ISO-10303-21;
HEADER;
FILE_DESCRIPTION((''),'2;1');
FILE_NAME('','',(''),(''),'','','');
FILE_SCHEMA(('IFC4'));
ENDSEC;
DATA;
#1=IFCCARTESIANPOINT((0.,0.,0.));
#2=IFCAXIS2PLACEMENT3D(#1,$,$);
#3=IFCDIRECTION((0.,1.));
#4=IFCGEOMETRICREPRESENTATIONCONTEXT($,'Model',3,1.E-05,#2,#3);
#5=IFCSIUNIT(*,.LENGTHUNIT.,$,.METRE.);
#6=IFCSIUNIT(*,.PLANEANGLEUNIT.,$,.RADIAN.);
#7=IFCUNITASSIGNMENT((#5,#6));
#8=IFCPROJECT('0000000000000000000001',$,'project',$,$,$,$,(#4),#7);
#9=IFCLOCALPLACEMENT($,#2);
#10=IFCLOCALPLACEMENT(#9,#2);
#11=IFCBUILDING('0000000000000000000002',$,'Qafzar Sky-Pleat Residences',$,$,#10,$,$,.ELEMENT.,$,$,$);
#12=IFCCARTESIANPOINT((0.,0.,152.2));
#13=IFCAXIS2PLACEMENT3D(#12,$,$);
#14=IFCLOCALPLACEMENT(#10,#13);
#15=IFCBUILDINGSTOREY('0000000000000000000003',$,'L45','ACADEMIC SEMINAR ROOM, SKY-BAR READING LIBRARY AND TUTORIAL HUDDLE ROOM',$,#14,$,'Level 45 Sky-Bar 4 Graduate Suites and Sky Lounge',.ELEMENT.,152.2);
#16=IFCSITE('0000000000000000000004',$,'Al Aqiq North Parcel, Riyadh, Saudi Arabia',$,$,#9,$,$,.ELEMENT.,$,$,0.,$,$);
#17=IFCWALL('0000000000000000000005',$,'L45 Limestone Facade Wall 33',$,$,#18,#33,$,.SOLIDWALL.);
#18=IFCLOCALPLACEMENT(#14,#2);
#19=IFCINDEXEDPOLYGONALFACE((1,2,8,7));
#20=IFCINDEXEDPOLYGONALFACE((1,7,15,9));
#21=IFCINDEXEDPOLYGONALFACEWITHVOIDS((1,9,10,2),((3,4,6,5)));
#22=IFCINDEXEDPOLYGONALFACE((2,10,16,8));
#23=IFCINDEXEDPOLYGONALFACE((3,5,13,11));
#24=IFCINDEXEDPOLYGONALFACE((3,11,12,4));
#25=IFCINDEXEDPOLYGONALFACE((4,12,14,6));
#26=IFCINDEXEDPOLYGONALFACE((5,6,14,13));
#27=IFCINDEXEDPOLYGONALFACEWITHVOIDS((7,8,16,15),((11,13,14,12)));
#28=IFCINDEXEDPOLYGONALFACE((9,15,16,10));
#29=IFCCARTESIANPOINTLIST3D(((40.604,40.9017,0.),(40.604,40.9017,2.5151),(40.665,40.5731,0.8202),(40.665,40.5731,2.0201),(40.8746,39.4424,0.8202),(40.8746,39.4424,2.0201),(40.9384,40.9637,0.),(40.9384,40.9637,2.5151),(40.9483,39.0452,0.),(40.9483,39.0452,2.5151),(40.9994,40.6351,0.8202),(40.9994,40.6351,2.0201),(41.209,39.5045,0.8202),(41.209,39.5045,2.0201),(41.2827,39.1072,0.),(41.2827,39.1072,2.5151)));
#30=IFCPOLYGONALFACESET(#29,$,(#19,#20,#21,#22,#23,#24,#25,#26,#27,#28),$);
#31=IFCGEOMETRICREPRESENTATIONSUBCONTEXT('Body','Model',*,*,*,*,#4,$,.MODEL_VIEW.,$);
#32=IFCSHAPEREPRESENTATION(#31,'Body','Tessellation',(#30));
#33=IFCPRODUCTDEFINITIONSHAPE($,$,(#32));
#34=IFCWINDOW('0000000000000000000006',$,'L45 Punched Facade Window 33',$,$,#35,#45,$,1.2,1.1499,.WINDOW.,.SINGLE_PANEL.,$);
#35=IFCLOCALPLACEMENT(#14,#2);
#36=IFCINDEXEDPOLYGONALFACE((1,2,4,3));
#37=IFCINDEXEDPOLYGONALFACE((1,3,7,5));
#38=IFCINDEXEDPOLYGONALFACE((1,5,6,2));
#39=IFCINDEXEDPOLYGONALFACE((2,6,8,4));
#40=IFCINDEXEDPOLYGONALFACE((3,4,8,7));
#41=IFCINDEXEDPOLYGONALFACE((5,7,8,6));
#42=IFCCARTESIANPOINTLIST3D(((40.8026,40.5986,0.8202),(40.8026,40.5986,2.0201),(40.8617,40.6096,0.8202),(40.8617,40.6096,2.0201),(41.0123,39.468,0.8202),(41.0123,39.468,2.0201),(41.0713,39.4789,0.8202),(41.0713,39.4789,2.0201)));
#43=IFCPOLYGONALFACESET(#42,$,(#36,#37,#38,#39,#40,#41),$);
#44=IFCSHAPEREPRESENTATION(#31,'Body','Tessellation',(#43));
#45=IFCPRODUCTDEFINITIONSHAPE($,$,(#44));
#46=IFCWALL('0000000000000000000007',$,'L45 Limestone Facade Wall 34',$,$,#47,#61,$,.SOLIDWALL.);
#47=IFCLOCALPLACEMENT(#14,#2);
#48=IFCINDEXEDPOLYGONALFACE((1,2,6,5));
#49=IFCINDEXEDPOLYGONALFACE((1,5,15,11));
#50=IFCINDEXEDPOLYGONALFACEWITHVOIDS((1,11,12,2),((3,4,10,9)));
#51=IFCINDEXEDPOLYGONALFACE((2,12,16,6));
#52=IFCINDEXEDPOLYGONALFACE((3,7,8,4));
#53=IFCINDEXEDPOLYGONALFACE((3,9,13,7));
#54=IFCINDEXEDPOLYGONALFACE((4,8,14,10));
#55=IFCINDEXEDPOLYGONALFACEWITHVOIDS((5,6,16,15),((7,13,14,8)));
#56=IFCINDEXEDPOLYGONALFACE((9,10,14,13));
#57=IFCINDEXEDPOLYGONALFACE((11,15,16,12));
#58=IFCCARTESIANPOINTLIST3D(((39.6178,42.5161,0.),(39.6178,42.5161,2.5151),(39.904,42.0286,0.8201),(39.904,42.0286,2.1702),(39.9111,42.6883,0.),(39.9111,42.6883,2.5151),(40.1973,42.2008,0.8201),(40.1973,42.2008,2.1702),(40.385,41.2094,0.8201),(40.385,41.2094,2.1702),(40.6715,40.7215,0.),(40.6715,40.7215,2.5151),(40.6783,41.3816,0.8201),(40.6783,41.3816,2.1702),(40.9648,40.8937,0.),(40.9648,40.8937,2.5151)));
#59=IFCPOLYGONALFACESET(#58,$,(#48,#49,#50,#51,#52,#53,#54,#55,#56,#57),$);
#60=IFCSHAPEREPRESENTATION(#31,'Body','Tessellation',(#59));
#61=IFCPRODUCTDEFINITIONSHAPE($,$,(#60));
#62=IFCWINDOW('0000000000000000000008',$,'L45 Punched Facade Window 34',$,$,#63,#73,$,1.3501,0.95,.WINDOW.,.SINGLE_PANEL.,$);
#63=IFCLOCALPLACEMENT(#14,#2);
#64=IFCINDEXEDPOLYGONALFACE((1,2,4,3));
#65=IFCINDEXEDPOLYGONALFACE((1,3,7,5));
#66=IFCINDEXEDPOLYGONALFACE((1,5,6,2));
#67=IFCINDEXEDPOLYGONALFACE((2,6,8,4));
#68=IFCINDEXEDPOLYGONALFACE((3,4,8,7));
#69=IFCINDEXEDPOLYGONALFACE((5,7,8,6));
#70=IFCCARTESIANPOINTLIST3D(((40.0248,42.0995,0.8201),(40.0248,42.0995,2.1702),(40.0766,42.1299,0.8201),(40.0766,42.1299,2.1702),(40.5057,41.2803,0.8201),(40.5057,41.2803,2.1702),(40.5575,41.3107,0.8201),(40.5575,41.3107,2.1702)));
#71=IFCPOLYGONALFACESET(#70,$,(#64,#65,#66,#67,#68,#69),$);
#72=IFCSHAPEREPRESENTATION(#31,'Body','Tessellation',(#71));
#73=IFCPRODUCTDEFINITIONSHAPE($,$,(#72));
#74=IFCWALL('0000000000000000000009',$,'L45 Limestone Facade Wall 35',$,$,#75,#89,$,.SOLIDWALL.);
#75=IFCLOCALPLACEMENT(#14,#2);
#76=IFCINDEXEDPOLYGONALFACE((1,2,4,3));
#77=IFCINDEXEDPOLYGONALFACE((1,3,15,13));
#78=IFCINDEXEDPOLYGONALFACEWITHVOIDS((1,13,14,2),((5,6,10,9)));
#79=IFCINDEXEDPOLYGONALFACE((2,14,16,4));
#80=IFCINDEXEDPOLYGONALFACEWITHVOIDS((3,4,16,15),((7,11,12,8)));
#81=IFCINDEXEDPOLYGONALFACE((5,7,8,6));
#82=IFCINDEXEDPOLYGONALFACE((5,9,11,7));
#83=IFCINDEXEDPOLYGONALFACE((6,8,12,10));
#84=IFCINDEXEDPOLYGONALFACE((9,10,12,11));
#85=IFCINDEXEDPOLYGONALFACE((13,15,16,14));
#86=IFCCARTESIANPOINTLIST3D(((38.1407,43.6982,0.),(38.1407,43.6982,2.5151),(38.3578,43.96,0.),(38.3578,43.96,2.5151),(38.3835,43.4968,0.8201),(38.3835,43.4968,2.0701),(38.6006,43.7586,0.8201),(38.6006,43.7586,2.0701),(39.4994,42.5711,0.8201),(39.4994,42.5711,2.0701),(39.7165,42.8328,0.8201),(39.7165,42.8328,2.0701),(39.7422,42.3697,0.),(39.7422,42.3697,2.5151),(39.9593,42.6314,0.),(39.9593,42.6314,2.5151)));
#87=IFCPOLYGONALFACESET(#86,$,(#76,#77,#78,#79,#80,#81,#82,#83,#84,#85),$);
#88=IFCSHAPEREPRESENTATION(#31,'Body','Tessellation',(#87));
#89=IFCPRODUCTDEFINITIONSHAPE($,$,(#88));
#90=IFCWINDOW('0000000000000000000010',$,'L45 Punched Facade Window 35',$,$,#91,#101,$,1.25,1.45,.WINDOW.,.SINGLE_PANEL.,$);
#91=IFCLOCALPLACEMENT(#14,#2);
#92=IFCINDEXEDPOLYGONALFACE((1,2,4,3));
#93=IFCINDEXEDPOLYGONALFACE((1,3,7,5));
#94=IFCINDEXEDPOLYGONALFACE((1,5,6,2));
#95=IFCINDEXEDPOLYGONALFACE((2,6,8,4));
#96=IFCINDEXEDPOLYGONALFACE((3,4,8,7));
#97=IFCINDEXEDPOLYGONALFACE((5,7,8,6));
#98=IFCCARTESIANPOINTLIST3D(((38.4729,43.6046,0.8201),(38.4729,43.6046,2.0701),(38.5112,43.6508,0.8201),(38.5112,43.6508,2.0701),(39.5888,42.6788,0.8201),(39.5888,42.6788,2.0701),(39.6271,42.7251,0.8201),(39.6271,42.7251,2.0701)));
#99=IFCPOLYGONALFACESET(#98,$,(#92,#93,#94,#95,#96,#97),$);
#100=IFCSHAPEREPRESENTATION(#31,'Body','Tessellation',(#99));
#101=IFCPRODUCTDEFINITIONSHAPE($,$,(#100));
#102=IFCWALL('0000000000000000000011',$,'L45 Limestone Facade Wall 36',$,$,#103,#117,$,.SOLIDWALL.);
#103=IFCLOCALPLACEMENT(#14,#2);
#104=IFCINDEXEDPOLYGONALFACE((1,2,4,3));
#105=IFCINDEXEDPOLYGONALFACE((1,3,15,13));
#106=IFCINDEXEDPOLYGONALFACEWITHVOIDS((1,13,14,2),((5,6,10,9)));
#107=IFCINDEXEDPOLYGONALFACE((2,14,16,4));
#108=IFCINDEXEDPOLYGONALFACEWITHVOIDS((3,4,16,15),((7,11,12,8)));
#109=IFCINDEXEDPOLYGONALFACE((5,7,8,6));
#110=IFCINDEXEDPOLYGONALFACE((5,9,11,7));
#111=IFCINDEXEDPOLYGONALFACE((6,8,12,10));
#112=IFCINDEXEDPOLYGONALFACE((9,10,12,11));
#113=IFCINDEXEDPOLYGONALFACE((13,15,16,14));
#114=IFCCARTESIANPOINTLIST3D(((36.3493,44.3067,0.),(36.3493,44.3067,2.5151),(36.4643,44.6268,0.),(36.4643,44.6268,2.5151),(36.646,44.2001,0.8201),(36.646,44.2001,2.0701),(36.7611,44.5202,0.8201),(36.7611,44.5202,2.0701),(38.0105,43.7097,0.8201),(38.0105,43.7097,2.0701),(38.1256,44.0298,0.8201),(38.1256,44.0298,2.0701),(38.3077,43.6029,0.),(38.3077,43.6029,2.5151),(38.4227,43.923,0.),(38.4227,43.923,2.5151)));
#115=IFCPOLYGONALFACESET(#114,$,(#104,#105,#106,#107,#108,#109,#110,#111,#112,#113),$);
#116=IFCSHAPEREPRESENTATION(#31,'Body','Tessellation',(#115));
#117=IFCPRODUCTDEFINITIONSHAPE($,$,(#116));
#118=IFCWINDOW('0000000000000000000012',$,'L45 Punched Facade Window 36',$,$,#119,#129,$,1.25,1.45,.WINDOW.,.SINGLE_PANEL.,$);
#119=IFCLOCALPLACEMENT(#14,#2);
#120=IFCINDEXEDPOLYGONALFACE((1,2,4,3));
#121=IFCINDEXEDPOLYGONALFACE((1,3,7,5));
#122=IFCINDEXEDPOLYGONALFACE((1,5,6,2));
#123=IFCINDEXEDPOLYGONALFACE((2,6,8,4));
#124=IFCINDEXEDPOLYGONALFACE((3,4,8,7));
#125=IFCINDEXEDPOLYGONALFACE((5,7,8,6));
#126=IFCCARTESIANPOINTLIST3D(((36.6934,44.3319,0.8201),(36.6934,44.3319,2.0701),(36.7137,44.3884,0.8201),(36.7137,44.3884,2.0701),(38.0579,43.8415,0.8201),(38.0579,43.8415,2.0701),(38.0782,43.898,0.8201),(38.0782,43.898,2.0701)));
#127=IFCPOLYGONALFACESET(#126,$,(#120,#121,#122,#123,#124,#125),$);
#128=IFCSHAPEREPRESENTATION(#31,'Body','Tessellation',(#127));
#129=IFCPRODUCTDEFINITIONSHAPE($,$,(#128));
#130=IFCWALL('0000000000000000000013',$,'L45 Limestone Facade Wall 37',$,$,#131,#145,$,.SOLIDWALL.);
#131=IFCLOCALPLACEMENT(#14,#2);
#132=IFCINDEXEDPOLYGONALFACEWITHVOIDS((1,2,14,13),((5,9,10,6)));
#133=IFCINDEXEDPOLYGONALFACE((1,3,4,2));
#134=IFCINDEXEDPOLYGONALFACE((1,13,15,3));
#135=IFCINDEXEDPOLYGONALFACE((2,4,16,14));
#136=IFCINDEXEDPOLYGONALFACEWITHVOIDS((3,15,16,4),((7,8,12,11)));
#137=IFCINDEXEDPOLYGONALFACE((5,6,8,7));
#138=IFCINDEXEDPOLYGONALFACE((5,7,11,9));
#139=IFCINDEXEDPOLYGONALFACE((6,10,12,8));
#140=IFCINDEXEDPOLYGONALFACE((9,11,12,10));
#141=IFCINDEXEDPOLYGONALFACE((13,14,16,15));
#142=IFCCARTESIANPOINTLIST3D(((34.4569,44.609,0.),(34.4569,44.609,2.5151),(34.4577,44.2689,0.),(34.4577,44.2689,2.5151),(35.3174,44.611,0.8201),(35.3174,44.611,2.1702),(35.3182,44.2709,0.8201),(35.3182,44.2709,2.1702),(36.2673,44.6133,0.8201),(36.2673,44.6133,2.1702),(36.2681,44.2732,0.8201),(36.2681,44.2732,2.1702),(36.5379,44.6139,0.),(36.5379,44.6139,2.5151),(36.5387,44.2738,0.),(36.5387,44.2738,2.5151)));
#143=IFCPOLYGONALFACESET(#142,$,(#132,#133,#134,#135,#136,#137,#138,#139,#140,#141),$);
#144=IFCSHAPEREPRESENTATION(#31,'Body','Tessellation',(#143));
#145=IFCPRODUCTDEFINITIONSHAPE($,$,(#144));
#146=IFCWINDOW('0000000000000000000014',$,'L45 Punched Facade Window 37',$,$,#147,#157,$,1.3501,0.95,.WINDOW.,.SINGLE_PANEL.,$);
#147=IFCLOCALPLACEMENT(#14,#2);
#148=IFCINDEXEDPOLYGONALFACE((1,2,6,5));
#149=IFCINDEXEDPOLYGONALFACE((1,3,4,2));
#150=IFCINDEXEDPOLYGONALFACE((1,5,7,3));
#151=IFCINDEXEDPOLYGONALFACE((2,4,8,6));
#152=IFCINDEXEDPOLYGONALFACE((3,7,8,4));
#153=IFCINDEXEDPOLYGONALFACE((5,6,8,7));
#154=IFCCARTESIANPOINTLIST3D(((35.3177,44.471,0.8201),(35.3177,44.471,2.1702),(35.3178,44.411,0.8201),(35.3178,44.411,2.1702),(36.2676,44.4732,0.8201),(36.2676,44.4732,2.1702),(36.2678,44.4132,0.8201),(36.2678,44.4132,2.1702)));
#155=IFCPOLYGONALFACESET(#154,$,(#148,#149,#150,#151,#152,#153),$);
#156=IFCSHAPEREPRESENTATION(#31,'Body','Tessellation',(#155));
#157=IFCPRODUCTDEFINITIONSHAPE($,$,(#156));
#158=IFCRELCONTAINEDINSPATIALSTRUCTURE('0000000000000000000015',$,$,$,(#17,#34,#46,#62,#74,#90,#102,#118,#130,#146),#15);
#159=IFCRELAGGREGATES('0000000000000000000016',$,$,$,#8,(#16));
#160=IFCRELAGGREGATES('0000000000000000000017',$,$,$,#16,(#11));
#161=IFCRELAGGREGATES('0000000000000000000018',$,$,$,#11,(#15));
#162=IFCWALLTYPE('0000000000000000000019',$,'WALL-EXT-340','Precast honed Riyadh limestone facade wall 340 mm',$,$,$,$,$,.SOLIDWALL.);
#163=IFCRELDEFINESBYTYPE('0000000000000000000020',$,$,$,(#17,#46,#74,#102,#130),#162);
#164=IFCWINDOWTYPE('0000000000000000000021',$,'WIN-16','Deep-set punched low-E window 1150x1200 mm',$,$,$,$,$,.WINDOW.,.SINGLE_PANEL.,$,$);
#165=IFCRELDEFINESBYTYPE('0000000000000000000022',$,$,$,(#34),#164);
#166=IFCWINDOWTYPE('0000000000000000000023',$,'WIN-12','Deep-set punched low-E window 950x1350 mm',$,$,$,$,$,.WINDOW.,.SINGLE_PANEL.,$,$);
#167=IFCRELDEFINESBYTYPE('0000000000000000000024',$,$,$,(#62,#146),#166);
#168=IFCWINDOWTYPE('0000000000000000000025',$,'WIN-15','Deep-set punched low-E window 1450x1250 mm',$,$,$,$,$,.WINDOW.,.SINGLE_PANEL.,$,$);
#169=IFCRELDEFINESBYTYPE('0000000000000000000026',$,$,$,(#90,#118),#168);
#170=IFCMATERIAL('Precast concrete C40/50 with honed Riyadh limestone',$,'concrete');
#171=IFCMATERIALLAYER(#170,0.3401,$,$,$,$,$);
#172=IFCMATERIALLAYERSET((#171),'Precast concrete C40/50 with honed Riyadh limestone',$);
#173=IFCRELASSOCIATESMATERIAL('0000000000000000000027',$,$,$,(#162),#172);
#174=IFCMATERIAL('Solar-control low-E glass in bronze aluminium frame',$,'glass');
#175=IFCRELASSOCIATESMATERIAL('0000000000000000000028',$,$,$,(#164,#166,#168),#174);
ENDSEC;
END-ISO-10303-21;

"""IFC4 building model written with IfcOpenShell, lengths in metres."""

from ifc_helpers import new_model, si_unit, direction, frame, frame_2d, origin, place, context, subcontext, project, spatial, rectangle, extrude, source, transform, mapped, material, layer, layer_set, type_object, element, fill, save


model = new_model("IFC4")

# Units and contexts
model_context = context("Model", 3, precision=1e-05, world=origin(), true_north=direction((0.0, 1.0)))
body_context = subcontext(model_context, "Body", "Model", "MODEL_VIEW")
ifc_project = project(units=[si_unit("LENGTHUNIT", "METRE"), si_unit("PLANEANGLEUNIT", "RADIAN")], contexts=[model_context])

# Site, building, storey
site_placement = place(None, origin())
site = spatial("IfcSite", under=ifc_project, at=site_placement, Name="Al Aqiq North Parcel, Riyadh, Saudi Arabia", CompositionType="ELEMENT", RefElevation=0.0)
building_placement = place(site_placement, origin())
building = spatial("IfcBuilding", under=site, at=building_placement, Name="Qafzar Sky-Pleat Residences", CompositionType="ELEMENT")
storey_placement = place(building_placement, frame((0.0, 0.0, 152.2)))
storey = spatial("IfcBuildingStorey", under=building, at=storey_placement, Name="L45", Description="ACADEMIC SEMINAR ROOM, SKY-BAR READING LIBRARY AND TUTORIAL HUDDLE ROOM", LongName="Level 45 Sky-Bar 4 Graduate Suites and Sky Lounge", CompositionType="ELEMENT", Elevation=152.2)

# Shared definitions
ifc_material_1 = material(Name="Precast concrete C40/50 with honed Riyadh limestone", Category="concrete")
ifc_layer_1 = layer(ifc_material_1, 0.3401)
ifc_layer_set_1 = layer_set([ifc_layer_1], Name="Precast concrete C40/50 with honed Riyadh limestone")
wall_type_1 = type_object("IfcWallType", Name="WALL-EXT-340", Description="Precast honed Riyadh limestone facade wall 340 mm", PredefinedType="SOLIDWALL", material=ifc_layer_set_1)
ifc_material_2 = material(Name="Solar-control low-E glass in bronze aluminium frame", Category="glass")

# Walls, openings, windows
wall_1_placement = place(storey_placement, frame((41.1155, 39.0762, 0.0), z_axis=(0.0, 0.0, 1.0), x_axis=(-0.182321, 0.983239, 0.0)))
wall_1 = element("IfcWall", 1, at=wall_1_placement, inside=storey, type_object=wall_type_1, Name="L45 Limestone Facade Wall 33", PredefinedType="SOLIDWALL", context=body_context, shape_type="SweptSolid", body=[
    extrude(rectangle(XDim=1.8882, YDim=0.3401, at=frame_2d((0.9441, 0.0))), origin(), (0.0, 0.0, 1.0), 2.5151),
])
opening_1_placement = place(wall_1_placement, frame((0.4041, 0.0, 0.8201)))
opening_1 = element("IfcOpeningElement", 2, at=opening_1_placement, cuts=wall_1, PredefinedType="OPENING", context=body_context, shape_type="SweptSolid", body=[
    extrude(rectangle(XDim=1.1499, YDim=1.2, at=frame_2d((0.575, 0.6001))), frame((0.0, 0.1802, 0.0), z_axis=(0.0, -1.0, 0.0), x_axis=(1.0, 0.0, 0.0)), (0.0, 0.0, 1.0), 0.3601),
])
window_type_1 = type_object("IfcWindowType", Name="WIN-16", Description="Deep-set punched low-E window 1150x1200 mm", PartitioningType="SINGLE_PANEL", PredefinedType="WINDOW", material=ifc_material_2)
shared_shape_1 = source(origin(), body_context, "Body", "SweptSolid", [
    extrude(rectangle(XDim=1.1499, YDim=1.2, at=frame_2d((0.575, 0.6001))), frame((0.0, 0.03, 0.0), z_axis=(0.0, -1.0, 0.0), x_axis=(1.0, 0.0, 0.0)), (0.0, 0.0, 1.0), 0.0601),
])
window_1_placement = place(opening_1_placement, origin())
window_1 = element("IfcWindow", 3, at=window_1_placement, inside=storey, type_object=window_type_1, Name="L45 Punched Facade Window 33", OverallHeight=1.2, OverallWidth=1.1499, PartitioningType="SINGLE_PANEL", PredefinedType="WINDOW", context=body_context, shape_type="MappedRepresentation", body=[
    mapped(shared_shape_1, transform((0.0, 0.0, 0.0), x_axis=(1.0, 0.0, 0.0), y_axis=(0.0, 1.0, 0.0), z_axis=(0.0, 0.0, 1.0), scale=1.0)),
])
fill(opening_1, window_1)
wall_2_placement = place(storey_placement, frame((40.8181, 40.8076, 0.0), z_axis=(0.0, 0.0, 1.0), x_axis=(-0.506312, 0.86235, 0.0)))
wall_2 = element("IfcWall", 4, at=wall_2_placement, inside=storey, type_object=wall_type_1, Name="L45 Limestone Facade Wall 34", PredefinedType="SOLIDWALL", context=body_context, shape_type="SweptSolid", body=[
    extrude(rectangle(XDim=2.0811, YDim=0.3401, at=frame_2d((1.0405, 0.0))), origin(), (0.0, 0.0, 1.0), 2.5151),
])
opening_2_placement = place(wall_2_placement, frame((0.5657, 0.0, 0.8201)))
opening_2 = element("IfcOpeningElement", 5, at=opening_2_placement, cuts=wall_2, PredefinedType="OPENING", context=body_context, shape_type="SweptSolid", body=[
    extrude(rectangle(XDim=0.95, YDim=1.3501, at=frame_2d((0.4751, 0.675))), frame((0.0, 0.1802, 0.0), z_axis=(0.0, -1.0, 0.0), x_axis=(1.0, 0.0, 0.0)), (0.0, 0.0, 1.0), 0.3601),
])
window_type_2 = type_object("IfcWindowType", Name="WIN-12", Description="Deep-set punched low-E window 950x1350 mm", PartitioningType="SINGLE_PANEL", PredefinedType="WINDOW", material=ifc_material_2)
shared_shape_2 = source(origin(), body_context, "Body", "SweptSolid", [
    extrude(rectangle(XDim=0.95, YDim=1.3501, at=frame_2d((0.4751, 0.675))), frame((0.0, 0.03, 0.0), z_axis=(0.0, -1.0, 0.0), x_axis=(1.0, 0.0, 0.0)), (0.0, 0.0, 1.0), 0.0601),
])
window_2_placement = place(opening_2_placement, origin())
window_2 = element("IfcWindow", 6, at=window_2_placement, inside=storey, type_object=window_type_2, Name="L45 Punched Facade Window 34", OverallHeight=1.3501, OverallWidth=0.95, PartitioningType="SINGLE_PANEL", PredefinedType="WINDOW", context=body_context, shape_type="MappedRepresentation", body=[
    mapped(shared_shape_2, transform((0.0, 0.0, 0.0), x_axis=(1.0, 0.0, 0.0), y_axis=(0.0, 1.0, 0.0), z_axis=(0.0, 0.0, 1.0), scale=1.0)),
])
fill(opening_2, window_2)
wall_3_placement = place(storey_placement, frame((39.8508, 42.5005, 0.0), z_axis=(0.0, 0.0, 1.0), x_axis=(-0.769643, 0.638475, 0.0)))
wall_3 = element("IfcWall", 7, at=wall_3_placement, inside=storey, type_object=wall_type_1, Name="L45 Limestone Facade Wall 35", PredefinedType="SOLIDWALL", context=body_context, shape_type="SweptSolid", body=[
    extrude(rectangle(XDim=2.0808, YDim=0.3401, at=frame_2d((1.0405, 0.0))), origin(), (0.0, 0.0, 1.0), 2.5151),
])
opening_3_placement = place(wall_3_placement, frame((0.3154, 0.0, 0.8201)))
opening_3 = element("IfcOpeningElement", 8, at=opening_3_placement, cuts=wall_3, PredefinedType="OPENING", context=body_context, shape_type="SweptSolid", body=[
    extrude(rectangle(XDim=1.45, YDim=1.25, at=frame_2d((0.7251, 0.625))), frame((0.0, 0.1802, 0.0), z_axis=(0.0, -1.0, 0.0), x_axis=(1.0, 0.0, 0.0)), (0.0, 0.0, 1.0), 0.3601),
])
window_type_3 = type_object("IfcWindowType", Name="WIN-15", Description="Deep-set punched low-E window 1450x1250 mm", PartitioningType="SINGLE_PANEL", PredefinedType="WINDOW", material=ifc_material_2)
shared_shape_3 = source(origin(), body_context, "Body", "SweptSolid", [
    extrude(rectangle(XDim=1.45, YDim=1.25, at=frame_2d((0.7251, 0.625))), frame((0.0, 0.03, 0.0), z_axis=(0.0, -1.0, 0.0), x_axis=(1.0, 0.0, 0.0)), (0.0, 0.0, 1.0), 0.0601),
])
window_3_placement = place(opening_3_placement, origin())
window_3 = element("IfcWindow", 9, at=window_3_placement, inside=storey, type_object=window_type_3, Name="L45 Punched Facade Window 35", OverallHeight=1.25, OverallWidth=1.45, PartitioningType="SINGLE_PANEL", PredefinedType="WINDOW", context=body_context, shape_type="MappedRepresentation", body=[
    mapped(shared_shape_3, transform((0.0, 0.0, 0.0), x_axis=(1.0, 0.0, 0.0), y_axis=(0.0, 1.0, 0.0), z_axis=(0.0, 0.0, 1.0), scale=1.0)),
])
fill(opening_3, window_3)
wall_4_placement = place(storey_placement, frame((38.3652, 43.7629, 0.0), z_axis=(0.0, 0.0, 1.0), x_axis=(-0.941071, 0.338208, 0.0)))
wall_4 = element("IfcWall", 10, at=wall_4_placement, inside=storey, type_object=wall_type_1, Name="L45 Limestone Facade Wall 36", PredefinedType="SOLIDWALL", context=body_context, shape_type="SweptSolid", body=[
    extrude(rectangle(XDim=2.0811, YDim=0.3401, at=frame_2d((1.0405, 0.0))), origin(), (0.0, 0.0, 1.0), 2.5151),
])
opening_4_placement = place(wall_4_placement, frame((0.3157, 0.0, 0.8201)))
opening_4 = element("IfcOpeningElement", 11, at=opening_4_placement, cuts=wall_4, PredefinedType="OPENING", context=body_context, shape_type="SweptSolid", body=[
    extrude(rectangle(XDim=1.45, YDim=1.25, at=frame_2d((0.7251, 0.625))), frame((0.0, 0.1802, 0.0), z_axis=(0.0, -1.0, 0.0), x_axis=(1.0, 0.0, 0.0)), (0.0, 0.0, 1.0), 0.3601),
])
window_4_placement = place(opening_4_placement, origin())
window_4 = element("IfcWindow", 12, at=window_4_placement, inside=storey, type_object=window_type_3, Name="L45 Punched Facade Window 36", OverallHeight=1.25, OverallWidth=1.45, PartitioningType="SINGLE_PANEL", PredefinedType="WINDOW", context=body_context, shape_type="MappedRepresentation", body=[
    mapped(shared_shape_3, transform((0.0, 0.0, 0.0), x_axis=(1.0, 0.0, 0.0), y_axis=(0.0, 1.0, 0.0), z_axis=(0.0, 0.0, 1.0), scale=1.0)),
])
fill(opening_4, window_4)
wall_5_placement = place(storey_placement, frame((36.5383, 44.4438, 0.0), z_axis=(0.0, 0.0, 1.0), x_axis=(-0.999997, -0.002346, 0.0)))
wall_5 = element("IfcWall", 13, at=wall_5_placement, inside=storey, type_object=wall_type_1, Name="L45 Limestone Facade Wall 37", PredefinedType="SOLIDWALL", context=body_context, shape_type="SweptSolid", body=[
    extrude(rectangle(XDim=2.0811, YDim=0.3401, at=frame_2d((1.0405, 0.0))), origin(), (0.0, 0.0, 1.0), 2.5151),
])
opening_5_placement = place(wall_5_placement, frame((0.2705, 0.0, 0.8201)))
opening_5 = element("IfcOpeningElement", 14, at=opening_5_placement, cuts=wall_5, PredefinedType="OPENING", context=body_context, shape_type="SweptSolid", body=[
    extrude(rectangle(XDim=0.95, YDim=1.3501, at=frame_2d((0.4751, 0.675))), frame((0.0, 0.1802, 0.0), z_axis=(0.0, -1.0, 0.0), x_axis=(1.0, 0.0, 0.0)), (0.0, 0.0, 1.0), 0.3601),
])
window_5_placement = place(opening_5_placement, origin())
window_5 = element("IfcWindow", 15, at=window_5_placement, inside=storey, type_object=window_type_2, Name="L45 Punched Facade Window 37", OverallHeight=1.3501, OverallWidth=0.95, PartitioningType="SINGLE_PANEL", PredefinedType="WINDOW", context=body_context, shape_type="MappedRepresentation", body=[
    mapped(shared_shape_2, transform((0.0, 0.0, 0.0), x_axis=(1.0, 0.0, 0.0), y_axis=(0.0, 1.0, 0.0), z_axis=(0.0, 0.0, 1.0), scale=1.0)),
])
fill(opening_5, window_5)

save(model, "model.ifc")
